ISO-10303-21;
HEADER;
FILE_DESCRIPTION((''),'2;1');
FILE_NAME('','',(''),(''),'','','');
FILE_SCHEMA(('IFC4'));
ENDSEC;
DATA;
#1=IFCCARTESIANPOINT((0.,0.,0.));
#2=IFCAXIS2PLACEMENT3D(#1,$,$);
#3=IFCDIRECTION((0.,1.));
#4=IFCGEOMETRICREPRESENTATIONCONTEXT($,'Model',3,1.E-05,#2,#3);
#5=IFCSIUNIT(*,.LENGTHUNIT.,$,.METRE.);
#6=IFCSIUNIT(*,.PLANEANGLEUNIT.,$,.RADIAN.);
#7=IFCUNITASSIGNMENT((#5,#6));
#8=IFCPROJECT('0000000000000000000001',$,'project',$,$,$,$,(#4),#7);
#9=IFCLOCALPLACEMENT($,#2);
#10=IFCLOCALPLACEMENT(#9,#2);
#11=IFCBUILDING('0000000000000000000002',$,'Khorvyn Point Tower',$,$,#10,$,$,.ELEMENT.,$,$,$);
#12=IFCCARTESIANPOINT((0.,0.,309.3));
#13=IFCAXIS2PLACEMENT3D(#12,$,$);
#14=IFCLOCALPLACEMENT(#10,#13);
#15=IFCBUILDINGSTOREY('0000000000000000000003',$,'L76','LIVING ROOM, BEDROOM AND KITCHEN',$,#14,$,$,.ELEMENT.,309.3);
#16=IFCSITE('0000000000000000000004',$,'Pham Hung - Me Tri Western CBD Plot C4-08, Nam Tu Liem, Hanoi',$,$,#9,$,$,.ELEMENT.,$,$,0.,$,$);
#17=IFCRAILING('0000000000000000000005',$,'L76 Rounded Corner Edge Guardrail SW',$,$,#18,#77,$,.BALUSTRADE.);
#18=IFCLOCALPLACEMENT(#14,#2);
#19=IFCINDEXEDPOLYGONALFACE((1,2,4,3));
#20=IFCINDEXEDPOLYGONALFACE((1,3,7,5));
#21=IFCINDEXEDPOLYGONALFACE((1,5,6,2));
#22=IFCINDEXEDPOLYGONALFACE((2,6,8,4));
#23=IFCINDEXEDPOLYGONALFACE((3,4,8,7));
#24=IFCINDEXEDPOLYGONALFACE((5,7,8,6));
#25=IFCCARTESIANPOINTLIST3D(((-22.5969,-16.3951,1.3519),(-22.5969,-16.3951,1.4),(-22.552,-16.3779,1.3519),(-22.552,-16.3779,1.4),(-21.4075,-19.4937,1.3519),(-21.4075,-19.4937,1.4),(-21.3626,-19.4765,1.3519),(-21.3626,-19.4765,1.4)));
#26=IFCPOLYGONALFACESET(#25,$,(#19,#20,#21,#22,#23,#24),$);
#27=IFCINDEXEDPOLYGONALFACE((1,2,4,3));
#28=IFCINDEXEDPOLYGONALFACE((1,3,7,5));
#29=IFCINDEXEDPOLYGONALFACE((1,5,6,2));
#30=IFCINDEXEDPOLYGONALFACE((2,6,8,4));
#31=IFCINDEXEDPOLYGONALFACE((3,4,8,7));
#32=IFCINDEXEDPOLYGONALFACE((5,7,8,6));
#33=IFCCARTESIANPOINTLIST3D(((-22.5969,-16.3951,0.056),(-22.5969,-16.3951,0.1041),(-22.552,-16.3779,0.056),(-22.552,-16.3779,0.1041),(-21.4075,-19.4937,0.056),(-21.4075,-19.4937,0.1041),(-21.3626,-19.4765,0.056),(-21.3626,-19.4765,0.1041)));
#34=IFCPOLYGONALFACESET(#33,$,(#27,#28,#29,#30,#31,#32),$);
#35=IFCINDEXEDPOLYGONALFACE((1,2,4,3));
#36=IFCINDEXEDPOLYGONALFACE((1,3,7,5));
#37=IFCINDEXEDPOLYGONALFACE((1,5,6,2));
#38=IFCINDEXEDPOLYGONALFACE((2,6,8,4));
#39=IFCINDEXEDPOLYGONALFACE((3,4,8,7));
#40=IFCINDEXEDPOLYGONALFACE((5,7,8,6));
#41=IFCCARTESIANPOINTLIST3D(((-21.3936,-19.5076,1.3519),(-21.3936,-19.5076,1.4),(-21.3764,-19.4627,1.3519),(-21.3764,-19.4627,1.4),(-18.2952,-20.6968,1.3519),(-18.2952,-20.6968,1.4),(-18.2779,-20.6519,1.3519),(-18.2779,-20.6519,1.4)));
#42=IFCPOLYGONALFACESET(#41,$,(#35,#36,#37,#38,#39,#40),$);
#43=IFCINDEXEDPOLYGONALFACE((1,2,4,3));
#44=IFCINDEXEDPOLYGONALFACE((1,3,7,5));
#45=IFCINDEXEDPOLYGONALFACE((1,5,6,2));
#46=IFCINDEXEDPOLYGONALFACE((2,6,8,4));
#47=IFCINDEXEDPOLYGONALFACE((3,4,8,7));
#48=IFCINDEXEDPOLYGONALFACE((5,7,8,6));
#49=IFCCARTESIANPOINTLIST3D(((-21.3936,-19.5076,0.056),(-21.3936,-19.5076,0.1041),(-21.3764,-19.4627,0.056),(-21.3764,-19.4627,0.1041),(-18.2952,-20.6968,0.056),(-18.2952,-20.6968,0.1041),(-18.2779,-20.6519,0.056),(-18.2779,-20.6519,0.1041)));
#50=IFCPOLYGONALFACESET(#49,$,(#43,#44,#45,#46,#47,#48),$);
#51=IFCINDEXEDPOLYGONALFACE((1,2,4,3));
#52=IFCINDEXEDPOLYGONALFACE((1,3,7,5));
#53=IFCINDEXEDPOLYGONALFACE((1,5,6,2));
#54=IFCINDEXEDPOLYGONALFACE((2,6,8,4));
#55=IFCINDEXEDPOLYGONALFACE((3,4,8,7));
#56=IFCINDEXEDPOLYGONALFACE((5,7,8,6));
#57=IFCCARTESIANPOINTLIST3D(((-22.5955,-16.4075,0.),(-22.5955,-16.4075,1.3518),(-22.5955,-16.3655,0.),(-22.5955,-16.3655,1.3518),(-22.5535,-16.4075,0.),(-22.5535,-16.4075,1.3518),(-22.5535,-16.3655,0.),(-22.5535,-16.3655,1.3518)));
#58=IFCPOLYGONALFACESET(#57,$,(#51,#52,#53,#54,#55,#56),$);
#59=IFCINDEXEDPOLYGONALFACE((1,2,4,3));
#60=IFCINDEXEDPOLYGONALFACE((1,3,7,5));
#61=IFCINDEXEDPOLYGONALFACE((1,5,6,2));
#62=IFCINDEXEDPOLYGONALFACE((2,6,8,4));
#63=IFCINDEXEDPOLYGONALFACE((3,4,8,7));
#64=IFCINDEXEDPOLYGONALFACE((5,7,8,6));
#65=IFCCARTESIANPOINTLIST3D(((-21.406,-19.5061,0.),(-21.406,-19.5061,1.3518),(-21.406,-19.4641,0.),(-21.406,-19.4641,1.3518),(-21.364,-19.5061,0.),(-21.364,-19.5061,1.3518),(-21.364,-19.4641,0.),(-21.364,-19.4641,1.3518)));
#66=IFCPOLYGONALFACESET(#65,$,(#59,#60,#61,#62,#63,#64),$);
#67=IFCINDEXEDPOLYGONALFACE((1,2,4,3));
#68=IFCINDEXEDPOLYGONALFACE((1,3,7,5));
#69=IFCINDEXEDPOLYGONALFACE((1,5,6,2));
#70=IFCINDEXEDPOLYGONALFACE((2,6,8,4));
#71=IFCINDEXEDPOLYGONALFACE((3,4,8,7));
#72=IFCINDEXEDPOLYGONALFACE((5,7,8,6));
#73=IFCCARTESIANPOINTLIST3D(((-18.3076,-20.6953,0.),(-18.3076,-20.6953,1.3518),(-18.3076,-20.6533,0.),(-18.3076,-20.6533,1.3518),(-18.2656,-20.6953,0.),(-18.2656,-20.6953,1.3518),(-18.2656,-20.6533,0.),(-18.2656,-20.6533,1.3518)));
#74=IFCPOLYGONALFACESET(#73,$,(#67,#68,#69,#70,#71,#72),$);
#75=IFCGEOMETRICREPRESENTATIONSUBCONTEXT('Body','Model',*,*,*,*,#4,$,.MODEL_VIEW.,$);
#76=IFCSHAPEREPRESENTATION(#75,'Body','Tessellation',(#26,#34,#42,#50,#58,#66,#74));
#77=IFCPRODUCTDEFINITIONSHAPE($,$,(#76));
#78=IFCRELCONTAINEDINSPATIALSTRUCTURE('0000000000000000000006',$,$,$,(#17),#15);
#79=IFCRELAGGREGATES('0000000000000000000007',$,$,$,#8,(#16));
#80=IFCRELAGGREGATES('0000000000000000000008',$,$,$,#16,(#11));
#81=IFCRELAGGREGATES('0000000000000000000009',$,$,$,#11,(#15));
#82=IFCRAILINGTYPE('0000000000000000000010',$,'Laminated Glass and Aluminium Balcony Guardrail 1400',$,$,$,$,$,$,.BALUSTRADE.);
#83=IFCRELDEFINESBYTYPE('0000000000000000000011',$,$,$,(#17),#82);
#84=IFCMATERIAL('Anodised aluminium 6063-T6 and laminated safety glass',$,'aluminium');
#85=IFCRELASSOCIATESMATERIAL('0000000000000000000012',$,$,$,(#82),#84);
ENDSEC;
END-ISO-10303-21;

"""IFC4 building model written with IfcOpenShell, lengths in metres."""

from ifc_helpers import new_model, si_unit, direction, frame, origin, origin_2d, place, context, subcontext, project, spatial, rectangle, extrude, material, type_object, element, save


model = new_model("IFC4")

# Units and contexts
model_context = context("Model", 3, precision=1e-05, world=origin(), true_north=direction((0.0, 1.0)))
body_context = subcontext(model_context, "Body", "Model", "MODEL_VIEW")
ifc_project = project(units=[si_unit("LENGTHUNIT", "METRE"), si_unit("PLANEANGLEUNIT", "RADIAN")], contexts=[model_context])

# Site, building, storey
site_placement = place(None, origin())
site = spatial("IfcSite", under=ifc_project, at=site_placement, Name="Pham Hung - Me Tri Western CBD Plot C4-08, Nam Tu Liem, Hanoi", CompositionType="ELEMENT", RefElevation=0.0)
building_placement = place(site_placement, origin())
building = spatial("IfcBuilding", under=site, at=building_placement, Name="Khorvyn Point Tower", CompositionType="ELEMENT")
storey_placement = place(building_placement, frame((0.0, 0.0, 309.3)))
storey = spatial("IfcBuildingStorey", under=building, at=storey_placement, Name="L76", Description="LIVING ROOM, BEDROOM AND KITCHEN", CompositionType="ELEMENT", Elevation=309.3)

# Railing
ifc_material_1 = material(Name="Anodised aluminium 6063-T6 and laminated safety glass", Category="aluminium")
railing_type = type_object("IfcRailingType", Name="Laminated Glass and Aluminium Balcony Guardrail 1400", PredefinedType="BALUSTRADE", material=ifc_material_1)
railing_1_placement = place(storey_placement, frame((-22.5745, -16.3865, 0.0)))
element("IfcRailing", 1, at=railing_1_placement, inside=storey, type_object=railing_type, Name="L76 Rounded Corner Edge Guardrail SW", PredefinedType="BALUSTRADE", context=body_context, shape_type="SweptSolid", body=[
    extrude(rectangle(XDim=0.0481, YDim=0.0481, at=origin_2d()), frame((0.0, 0.0, 1.376), z_axis=(0.358368, -0.93358, 0.0), x_axis=(0.93358, 0.358368, 0.0)), (0.0, 0.0, 1.0), 3.3191),
    extrude(rectangle(XDim=0.0481, YDim=0.0481, at=origin_2d()), frame((0.0, 0.0, 0.0801), z_axis=(0.358368, -0.93358, 0.0), x_axis=(0.93358, 0.358368, 0.0)), (0.0, 0.0, 1.0), 3.3191),
    extrude(rectangle(XDim=0.0481, YDim=0.0481, at=origin_2d()), frame((1.1895, -3.0986, 1.376), z_axis=(0.933596, -0.358328, 0.0), x_axis=(0.358328, 0.933596, 0.0)), (0.0, 0.0, 1.0), 3.3188),
    extrude(rectangle(XDim=0.0481, YDim=0.0481, at=origin_2d()), frame((1.1895, -3.0986, 0.0801), z_axis=(0.933596, -0.358328, 0.0), x_axis=(0.358328, 0.933596, 0.0)), (0.0, 0.0, 1.0), 3.3188),
    extrude(rectangle(XDim=0.042, YDim=0.042, at=origin_2d()), origin(), (0.0, 0.0, 1.0), 1.3518),
    extrude(rectangle(XDim=0.042, YDim=0.042, at=origin_2d()), frame((1.1895, -3.0986, 0.0)), (0.0, 0.0, 1.0), 1.3518),
    extrude(rectangle(XDim=0.042, YDim=0.042, at=origin_2d()), frame((4.2878, -4.2878, 0.0)), (0.0, 0.0, 1.0), 1.3518),
])

save(model, "model.ifc")
